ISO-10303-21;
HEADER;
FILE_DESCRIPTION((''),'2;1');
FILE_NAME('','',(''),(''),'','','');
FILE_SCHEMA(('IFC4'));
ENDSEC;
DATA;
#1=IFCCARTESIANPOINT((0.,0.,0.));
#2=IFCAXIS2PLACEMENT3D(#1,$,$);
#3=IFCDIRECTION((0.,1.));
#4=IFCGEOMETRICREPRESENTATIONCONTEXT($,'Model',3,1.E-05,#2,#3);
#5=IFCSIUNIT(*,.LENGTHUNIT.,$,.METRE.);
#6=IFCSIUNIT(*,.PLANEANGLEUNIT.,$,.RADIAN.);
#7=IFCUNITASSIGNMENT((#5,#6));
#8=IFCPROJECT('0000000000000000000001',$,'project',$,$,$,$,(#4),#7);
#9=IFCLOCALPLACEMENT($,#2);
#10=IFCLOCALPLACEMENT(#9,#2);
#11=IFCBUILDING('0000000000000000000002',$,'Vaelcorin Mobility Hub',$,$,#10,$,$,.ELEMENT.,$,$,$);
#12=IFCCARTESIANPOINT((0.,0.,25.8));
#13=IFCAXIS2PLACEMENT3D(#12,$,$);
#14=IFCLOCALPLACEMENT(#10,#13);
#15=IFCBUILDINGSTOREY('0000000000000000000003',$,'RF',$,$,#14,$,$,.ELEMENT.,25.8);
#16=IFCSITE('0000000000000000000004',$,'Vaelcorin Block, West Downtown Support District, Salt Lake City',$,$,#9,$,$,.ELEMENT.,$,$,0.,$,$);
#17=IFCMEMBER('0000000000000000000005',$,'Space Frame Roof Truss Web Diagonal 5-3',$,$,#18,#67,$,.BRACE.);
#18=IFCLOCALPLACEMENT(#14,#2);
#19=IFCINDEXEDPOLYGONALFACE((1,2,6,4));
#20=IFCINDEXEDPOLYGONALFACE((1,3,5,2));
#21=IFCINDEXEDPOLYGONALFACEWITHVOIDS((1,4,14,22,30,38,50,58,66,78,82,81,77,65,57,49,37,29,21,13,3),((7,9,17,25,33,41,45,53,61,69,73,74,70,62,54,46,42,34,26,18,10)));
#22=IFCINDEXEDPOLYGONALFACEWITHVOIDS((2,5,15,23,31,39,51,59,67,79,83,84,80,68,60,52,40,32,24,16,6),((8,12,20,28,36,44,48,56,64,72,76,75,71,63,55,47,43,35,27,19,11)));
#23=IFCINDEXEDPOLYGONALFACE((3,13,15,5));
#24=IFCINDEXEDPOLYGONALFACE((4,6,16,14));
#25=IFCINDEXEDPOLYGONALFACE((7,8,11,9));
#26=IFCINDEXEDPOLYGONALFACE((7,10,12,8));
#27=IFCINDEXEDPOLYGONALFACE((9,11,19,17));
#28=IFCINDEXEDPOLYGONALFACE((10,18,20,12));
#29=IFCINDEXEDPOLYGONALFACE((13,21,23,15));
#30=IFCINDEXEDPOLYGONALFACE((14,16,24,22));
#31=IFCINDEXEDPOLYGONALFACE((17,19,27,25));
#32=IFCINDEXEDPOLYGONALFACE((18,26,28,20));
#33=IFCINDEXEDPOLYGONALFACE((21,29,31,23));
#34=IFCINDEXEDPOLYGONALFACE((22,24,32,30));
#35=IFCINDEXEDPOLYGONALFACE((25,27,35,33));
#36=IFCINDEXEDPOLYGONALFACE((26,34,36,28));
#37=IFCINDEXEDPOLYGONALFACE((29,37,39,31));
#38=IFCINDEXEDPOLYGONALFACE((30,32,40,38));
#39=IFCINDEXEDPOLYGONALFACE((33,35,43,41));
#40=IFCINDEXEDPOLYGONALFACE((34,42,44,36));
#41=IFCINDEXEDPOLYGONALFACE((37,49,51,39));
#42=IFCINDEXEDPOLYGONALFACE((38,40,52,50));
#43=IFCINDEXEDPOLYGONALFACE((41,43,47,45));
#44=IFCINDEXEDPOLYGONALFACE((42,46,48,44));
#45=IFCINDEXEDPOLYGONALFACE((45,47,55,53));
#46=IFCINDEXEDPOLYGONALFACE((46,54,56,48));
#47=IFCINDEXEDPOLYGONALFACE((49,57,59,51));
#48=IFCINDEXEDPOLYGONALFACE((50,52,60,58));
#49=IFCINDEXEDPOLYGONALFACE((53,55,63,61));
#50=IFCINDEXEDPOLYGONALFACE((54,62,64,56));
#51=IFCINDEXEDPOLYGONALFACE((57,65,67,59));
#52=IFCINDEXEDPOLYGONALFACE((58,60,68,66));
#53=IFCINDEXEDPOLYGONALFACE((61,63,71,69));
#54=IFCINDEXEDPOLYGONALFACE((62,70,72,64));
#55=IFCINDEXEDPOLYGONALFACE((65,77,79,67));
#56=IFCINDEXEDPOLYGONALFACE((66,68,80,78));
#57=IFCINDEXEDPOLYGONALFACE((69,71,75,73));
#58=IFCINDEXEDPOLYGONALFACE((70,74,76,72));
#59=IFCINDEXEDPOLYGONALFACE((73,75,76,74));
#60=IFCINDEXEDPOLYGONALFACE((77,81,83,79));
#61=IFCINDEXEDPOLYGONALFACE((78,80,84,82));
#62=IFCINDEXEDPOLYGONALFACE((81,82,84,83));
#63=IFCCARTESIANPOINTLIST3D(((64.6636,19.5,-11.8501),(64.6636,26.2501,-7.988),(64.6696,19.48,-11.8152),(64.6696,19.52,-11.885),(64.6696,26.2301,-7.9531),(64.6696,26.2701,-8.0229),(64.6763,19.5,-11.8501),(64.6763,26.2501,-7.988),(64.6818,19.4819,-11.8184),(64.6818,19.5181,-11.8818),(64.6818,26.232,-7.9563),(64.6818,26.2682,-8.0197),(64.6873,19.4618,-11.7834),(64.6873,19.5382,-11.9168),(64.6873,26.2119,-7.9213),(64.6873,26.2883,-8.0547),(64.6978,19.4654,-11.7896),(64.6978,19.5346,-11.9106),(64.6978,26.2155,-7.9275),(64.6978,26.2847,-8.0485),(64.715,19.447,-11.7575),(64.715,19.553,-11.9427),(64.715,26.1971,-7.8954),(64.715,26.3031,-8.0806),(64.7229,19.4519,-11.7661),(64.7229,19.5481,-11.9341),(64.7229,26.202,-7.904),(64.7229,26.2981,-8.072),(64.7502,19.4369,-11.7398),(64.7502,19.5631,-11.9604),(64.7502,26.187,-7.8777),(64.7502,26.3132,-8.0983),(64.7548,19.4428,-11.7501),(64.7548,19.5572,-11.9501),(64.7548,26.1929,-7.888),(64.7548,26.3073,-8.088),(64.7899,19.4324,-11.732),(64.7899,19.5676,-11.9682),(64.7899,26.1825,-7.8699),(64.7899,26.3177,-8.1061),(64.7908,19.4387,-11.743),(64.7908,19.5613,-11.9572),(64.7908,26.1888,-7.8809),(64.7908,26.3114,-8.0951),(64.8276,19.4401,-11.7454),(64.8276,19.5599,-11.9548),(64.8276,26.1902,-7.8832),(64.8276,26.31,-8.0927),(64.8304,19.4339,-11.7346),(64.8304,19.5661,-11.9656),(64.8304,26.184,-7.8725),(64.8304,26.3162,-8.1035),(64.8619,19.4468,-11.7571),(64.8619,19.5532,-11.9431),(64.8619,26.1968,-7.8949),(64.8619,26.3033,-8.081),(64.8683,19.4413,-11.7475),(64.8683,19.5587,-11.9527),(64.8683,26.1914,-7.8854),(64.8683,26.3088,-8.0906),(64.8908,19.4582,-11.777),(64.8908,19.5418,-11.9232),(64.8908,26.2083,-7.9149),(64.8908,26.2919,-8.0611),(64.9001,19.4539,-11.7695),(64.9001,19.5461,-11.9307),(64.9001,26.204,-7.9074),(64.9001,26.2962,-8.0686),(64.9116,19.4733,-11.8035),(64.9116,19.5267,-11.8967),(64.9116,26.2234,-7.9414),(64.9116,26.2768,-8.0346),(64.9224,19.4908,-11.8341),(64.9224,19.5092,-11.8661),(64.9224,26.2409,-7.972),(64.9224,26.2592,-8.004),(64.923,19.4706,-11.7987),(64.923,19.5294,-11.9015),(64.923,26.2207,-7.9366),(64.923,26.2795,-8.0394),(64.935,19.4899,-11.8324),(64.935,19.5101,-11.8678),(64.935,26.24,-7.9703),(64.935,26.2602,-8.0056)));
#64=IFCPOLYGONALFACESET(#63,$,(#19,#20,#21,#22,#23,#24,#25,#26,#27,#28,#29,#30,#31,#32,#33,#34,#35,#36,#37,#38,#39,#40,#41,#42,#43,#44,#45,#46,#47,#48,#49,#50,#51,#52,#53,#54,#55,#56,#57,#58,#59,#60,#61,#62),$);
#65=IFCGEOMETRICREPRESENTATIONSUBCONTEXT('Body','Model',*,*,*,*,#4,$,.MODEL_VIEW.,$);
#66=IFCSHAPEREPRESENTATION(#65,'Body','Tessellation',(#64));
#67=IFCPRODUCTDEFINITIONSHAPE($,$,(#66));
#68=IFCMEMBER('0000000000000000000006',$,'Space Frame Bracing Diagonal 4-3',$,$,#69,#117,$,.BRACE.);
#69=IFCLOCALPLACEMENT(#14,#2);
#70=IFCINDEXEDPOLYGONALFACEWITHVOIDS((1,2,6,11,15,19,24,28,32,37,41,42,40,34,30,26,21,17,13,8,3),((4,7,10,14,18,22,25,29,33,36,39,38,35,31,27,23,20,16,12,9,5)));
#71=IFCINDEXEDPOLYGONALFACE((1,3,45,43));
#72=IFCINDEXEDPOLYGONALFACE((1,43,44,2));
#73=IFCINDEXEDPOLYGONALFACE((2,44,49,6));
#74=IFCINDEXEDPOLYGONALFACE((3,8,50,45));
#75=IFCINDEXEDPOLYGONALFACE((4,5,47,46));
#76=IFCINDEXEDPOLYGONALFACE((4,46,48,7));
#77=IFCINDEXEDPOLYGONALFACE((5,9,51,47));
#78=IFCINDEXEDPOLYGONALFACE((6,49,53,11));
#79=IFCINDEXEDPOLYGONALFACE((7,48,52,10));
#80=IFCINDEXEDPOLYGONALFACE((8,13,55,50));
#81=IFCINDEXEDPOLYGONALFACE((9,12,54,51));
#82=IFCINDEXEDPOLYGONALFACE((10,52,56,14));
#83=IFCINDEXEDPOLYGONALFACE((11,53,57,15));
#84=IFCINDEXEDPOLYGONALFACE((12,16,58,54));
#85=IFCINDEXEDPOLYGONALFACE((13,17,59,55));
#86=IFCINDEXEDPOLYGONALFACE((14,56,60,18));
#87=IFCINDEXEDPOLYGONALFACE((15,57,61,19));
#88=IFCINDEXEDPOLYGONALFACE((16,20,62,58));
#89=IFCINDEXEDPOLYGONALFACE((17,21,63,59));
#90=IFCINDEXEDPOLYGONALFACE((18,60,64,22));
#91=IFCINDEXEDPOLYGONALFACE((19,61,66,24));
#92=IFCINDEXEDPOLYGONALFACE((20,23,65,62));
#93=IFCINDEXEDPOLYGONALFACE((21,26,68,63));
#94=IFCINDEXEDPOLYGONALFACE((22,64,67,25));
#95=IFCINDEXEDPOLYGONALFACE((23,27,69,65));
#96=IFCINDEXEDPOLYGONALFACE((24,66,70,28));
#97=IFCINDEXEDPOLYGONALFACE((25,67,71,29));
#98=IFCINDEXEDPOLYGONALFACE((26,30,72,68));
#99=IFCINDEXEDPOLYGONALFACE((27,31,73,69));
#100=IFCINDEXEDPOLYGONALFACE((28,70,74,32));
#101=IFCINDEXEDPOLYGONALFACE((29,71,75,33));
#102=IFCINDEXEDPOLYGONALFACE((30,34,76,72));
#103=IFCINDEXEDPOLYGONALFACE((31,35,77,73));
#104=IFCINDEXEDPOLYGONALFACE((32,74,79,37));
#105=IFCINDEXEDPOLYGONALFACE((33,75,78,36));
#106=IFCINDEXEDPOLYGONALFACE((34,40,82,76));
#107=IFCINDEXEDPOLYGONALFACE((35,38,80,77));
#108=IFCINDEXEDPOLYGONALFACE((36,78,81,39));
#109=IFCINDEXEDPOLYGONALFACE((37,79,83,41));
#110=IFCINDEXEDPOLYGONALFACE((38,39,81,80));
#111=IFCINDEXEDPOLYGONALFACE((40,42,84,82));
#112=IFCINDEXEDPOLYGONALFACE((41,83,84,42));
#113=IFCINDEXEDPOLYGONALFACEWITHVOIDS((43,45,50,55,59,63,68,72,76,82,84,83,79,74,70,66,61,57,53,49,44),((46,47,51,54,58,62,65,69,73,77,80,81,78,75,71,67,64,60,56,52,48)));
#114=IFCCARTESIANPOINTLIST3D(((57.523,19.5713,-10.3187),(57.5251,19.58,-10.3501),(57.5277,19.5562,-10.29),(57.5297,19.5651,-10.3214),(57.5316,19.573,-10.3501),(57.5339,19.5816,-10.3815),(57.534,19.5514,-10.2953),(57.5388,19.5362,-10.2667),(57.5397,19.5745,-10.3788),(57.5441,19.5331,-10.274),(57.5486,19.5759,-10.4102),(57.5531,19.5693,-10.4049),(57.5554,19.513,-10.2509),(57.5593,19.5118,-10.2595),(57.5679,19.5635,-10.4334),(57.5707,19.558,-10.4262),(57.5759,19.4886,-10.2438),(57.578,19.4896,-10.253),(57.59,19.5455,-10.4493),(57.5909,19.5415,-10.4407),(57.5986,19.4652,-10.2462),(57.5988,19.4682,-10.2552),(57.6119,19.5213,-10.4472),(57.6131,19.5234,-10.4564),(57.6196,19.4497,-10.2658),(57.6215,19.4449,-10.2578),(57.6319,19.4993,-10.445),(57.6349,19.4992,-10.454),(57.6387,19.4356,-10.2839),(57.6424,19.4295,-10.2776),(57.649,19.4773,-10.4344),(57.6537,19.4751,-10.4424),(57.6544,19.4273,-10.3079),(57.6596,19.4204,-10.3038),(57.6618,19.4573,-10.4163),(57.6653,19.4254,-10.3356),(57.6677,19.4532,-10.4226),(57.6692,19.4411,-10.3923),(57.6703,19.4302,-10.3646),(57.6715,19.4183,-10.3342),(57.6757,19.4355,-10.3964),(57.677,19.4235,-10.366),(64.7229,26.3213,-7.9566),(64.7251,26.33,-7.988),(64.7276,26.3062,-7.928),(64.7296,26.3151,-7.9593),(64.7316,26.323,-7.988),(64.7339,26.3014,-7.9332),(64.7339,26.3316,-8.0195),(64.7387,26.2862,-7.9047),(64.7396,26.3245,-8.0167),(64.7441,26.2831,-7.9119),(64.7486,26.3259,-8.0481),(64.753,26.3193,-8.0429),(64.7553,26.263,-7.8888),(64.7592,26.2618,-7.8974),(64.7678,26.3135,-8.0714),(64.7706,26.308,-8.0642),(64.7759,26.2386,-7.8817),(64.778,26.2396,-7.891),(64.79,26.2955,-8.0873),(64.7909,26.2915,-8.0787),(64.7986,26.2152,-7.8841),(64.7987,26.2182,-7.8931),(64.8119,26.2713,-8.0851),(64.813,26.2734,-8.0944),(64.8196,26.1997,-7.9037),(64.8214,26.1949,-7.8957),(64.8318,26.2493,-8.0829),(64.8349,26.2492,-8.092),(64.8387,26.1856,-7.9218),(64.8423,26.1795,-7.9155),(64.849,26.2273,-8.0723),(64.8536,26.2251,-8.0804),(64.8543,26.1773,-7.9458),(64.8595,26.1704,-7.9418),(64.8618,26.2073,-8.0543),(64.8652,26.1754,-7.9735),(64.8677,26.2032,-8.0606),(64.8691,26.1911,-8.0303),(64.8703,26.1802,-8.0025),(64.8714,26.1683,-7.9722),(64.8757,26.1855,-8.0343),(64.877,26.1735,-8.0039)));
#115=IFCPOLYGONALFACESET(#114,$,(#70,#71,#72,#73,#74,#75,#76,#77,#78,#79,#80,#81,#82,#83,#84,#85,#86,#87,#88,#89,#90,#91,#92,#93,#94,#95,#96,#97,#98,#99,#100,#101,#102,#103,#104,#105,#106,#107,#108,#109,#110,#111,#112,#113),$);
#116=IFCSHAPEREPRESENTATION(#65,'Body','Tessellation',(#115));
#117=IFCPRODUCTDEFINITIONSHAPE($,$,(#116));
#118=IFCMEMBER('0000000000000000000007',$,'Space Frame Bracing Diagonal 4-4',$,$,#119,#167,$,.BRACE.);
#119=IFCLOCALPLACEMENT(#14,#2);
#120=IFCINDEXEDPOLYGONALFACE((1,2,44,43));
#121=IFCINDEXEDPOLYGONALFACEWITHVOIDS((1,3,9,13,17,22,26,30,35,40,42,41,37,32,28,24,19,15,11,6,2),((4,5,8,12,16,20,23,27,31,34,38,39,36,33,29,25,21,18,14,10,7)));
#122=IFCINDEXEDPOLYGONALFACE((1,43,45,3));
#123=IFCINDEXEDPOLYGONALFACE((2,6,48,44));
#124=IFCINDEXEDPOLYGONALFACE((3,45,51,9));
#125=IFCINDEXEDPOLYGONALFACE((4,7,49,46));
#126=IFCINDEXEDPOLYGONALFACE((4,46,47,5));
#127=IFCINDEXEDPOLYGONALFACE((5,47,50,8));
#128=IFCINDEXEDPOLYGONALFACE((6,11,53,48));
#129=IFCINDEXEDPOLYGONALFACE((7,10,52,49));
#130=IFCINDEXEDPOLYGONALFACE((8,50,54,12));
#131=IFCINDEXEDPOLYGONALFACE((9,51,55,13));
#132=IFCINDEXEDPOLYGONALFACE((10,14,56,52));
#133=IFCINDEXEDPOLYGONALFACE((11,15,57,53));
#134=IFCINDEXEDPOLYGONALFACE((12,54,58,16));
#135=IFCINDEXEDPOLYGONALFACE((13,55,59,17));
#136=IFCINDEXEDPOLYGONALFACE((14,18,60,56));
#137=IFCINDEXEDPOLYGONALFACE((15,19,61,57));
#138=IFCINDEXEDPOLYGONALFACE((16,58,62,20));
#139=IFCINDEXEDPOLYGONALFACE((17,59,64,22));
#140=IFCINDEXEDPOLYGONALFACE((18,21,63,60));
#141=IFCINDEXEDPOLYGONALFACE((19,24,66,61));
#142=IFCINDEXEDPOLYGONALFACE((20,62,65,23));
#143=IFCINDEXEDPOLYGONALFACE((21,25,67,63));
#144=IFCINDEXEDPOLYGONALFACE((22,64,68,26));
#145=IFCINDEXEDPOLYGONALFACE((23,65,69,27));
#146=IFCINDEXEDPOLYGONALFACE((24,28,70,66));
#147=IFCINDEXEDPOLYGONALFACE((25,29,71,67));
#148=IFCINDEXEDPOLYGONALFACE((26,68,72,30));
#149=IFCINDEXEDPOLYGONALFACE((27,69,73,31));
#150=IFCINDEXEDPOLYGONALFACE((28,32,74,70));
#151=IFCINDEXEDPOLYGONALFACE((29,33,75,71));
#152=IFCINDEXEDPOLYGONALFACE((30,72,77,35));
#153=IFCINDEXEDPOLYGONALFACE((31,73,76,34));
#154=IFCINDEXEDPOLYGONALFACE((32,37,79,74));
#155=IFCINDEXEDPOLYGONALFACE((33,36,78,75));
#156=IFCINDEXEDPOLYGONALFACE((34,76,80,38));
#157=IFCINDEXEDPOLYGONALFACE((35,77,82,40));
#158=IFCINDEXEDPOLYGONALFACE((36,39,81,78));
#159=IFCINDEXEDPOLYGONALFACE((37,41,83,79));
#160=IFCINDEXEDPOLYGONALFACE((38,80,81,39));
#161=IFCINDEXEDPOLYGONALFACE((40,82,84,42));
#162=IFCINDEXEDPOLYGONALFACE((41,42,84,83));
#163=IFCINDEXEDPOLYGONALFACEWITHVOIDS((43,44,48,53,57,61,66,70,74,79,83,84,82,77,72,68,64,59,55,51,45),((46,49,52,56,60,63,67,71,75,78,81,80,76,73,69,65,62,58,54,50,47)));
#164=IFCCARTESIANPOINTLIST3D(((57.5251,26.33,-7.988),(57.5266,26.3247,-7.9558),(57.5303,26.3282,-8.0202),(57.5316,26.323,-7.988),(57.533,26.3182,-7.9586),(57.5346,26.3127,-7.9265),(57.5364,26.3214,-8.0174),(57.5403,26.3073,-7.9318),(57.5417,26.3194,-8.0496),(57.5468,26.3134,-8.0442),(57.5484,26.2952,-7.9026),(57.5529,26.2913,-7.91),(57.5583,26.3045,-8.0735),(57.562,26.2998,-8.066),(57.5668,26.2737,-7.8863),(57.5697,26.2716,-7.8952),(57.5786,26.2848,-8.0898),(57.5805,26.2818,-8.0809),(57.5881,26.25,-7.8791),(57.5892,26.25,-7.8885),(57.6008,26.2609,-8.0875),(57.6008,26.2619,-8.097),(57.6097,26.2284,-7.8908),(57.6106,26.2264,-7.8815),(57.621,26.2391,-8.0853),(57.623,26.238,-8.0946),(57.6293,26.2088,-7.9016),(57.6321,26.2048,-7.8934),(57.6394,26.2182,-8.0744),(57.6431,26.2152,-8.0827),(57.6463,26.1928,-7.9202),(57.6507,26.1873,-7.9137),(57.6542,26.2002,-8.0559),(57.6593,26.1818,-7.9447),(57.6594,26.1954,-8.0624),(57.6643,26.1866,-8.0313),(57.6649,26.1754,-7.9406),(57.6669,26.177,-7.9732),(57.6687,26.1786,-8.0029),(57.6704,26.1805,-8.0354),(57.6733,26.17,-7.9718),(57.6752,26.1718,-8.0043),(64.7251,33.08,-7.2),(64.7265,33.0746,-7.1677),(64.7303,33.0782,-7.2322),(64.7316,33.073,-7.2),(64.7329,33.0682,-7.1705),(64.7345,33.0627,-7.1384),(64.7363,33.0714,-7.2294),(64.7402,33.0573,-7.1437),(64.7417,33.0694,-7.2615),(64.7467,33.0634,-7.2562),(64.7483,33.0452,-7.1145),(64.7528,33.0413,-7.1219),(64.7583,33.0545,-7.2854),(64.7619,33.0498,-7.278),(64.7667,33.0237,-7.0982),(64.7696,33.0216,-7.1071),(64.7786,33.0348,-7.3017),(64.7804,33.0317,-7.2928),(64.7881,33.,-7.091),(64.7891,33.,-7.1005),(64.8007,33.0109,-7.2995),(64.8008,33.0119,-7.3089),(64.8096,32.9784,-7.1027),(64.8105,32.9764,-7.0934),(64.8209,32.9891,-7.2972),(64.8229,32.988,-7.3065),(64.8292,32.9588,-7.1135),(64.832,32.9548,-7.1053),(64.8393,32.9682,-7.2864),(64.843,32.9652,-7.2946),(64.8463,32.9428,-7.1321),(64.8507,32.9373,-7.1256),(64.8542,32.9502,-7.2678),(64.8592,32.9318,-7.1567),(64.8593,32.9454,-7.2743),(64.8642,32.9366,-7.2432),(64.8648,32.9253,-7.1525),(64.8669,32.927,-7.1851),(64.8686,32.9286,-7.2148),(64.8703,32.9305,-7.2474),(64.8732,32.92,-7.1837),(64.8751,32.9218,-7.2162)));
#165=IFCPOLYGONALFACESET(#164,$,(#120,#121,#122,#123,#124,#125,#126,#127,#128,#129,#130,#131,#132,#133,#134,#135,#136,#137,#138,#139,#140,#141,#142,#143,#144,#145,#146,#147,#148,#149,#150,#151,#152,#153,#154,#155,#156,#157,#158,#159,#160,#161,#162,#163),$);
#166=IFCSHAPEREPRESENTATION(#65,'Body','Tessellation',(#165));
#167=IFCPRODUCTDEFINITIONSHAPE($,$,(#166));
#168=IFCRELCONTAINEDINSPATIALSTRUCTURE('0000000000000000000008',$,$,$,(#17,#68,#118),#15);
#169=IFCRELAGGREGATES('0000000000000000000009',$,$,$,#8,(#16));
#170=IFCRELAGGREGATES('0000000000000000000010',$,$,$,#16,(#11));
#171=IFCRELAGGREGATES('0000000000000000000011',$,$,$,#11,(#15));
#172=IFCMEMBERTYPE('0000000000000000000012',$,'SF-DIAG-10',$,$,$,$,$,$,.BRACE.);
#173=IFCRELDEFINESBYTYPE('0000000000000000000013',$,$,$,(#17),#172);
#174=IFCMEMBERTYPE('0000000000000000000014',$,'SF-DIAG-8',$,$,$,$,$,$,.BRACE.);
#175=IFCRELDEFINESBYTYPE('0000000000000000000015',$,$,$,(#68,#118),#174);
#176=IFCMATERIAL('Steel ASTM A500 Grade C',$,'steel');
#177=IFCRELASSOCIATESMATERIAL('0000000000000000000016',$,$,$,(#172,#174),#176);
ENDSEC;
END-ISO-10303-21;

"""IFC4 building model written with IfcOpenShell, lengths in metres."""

from ifc_helpers import new_model, si_unit, direction, frame, origin, origin_2d, place, context, subcontext, project, spatial, hollow_circle, extrude, material, material_profile, profile_set, type_object, element, save


model = new_model("IFC4")

# Units and contexts
model_context = context("Model", 3, precision=1e-05, world=origin(), true_north=direction((0.0, 1.0)))
body_context = subcontext(model_context, "Body", "Model", "MODEL_VIEW")
ifc_project = project(units=[si_unit("LENGTHUNIT", "METRE"), si_unit("PLANEANGLEUNIT", "RADIAN")], contexts=[model_context])

# Site, building, storey
site_placement = place(None, origin())
site = spatial("IfcSite", under=ifc_project, at=site_placement, Name="Vaelcorin Block, West Downtown Support District, Salt Lake City", CompositionType="ELEMENT", RefElevation=0.0)
building_placement = place(site_placement, origin())
building = spatial("IfcBuilding", under=site, at=building_placement, Name="Vaelcorin Mobility Hub", CompositionType="ELEMENT")
storey_placement = place(building_placement, frame((0.0, 0.0, 25.8)))
storey = spatial("IfcBuildingStorey", under=building, at=storey_placement, Name="RF", CompositionType="ELEMENT", Elevation=25.8)

# Members
ifc_material_1 = material(Name="Steel ASTM A500 Grade C", Category="steel")
ifc_material_profile_1 = material_profile(ifc_material_1, hollow_circle(Radius=0.1365, WallThickness=0.0127, at=origin_2d()), Name="HSS10.750X0.500")
ifc_profile_set_1 = profile_set([ifc_material_profile_1], Name="Steel ASTM A500 Grade C")
member_type_1 = type_object("IfcMemberType", Name="SF-DIAG-10", PredefinedType="BRACE", material=ifc_profile_set_1)
member_1_placement = place(storey_placement, frame((64.8, 19.5, -11.8501), z_axis=(0.0, 0.867971, 0.496616), x_axis=(-1.0, 0.0, 0.0)))
element("IfcMember", 1, at=member_1_placement, inside=storey, type_object=member_type_1, Name="Space Frame Roof Truss Web Diagonal 5-3", PredefinedType="BRACE", context=body_context, shape_type="SweptSolid", body=[
    extrude(hollow_circle(Radius=0.1365, WallThickness=0.0127, at=origin_2d()), origin(), (0.0, 0.0, 1.0), 7.7769),
])
ifc_material_profile_2 = material_profile(ifc_material_1, hollow_circle(Radius=0.1096, WallThickness=0.0095, at=origin_2d()), Name="HSS8.625X0.375")
ifc_profile_set_2 = profile_set([ifc_material_profile_2], Name="Steel ASTM A500 Grade C")
member_type_2 = type_object("IfcMemberType", Name="SF-DIAG-8", PredefinedType="BRACE", material=ifc_profile_set_2)
member_2_placement = place(storey_placement, frame((57.6001, 19.5, -10.3501), z_axis=(0.709497, 0.665158, 0.232762), x_axis=(-0.683944, 0.729535, 0.0)))
element("IfcMember", 2, at=member_2_placement, inside=storey, type_object=member_type_2, Name="Space Frame Bracing Diagonal 4-3", PredefinedType="BRACE", context=body_context, shape_type="SweptSolid", body=[
    extrude(hollow_circle(Radius=0.1096, WallThickness=0.0095, at=origin_2d()), origin(), (0.0, 0.0, 1.0), 10.1479),
])
member_3_placement = place(storey_placement, frame((57.6001, 26.25, -7.988), z_axis=(0.72722, 0.681773, 0.079599), x_axis=(-0.683944, 0.729535, 0.0)))
element("IfcMember", 3, at=member_3_placement, inside=storey, type_object=member_type_2, Name="Space Frame Bracing Diagonal 4-4", PredefinedType="BRACE", context=body_context, shape_type="SweptSolid", body=[
    extrude(hollow_circle(Radius=0.1096, WallThickness=0.0095, at=origin_2d()), origin(), (0.0, 0.0, 1.0), 9.9006),
])

save(model, "model.ifc")
